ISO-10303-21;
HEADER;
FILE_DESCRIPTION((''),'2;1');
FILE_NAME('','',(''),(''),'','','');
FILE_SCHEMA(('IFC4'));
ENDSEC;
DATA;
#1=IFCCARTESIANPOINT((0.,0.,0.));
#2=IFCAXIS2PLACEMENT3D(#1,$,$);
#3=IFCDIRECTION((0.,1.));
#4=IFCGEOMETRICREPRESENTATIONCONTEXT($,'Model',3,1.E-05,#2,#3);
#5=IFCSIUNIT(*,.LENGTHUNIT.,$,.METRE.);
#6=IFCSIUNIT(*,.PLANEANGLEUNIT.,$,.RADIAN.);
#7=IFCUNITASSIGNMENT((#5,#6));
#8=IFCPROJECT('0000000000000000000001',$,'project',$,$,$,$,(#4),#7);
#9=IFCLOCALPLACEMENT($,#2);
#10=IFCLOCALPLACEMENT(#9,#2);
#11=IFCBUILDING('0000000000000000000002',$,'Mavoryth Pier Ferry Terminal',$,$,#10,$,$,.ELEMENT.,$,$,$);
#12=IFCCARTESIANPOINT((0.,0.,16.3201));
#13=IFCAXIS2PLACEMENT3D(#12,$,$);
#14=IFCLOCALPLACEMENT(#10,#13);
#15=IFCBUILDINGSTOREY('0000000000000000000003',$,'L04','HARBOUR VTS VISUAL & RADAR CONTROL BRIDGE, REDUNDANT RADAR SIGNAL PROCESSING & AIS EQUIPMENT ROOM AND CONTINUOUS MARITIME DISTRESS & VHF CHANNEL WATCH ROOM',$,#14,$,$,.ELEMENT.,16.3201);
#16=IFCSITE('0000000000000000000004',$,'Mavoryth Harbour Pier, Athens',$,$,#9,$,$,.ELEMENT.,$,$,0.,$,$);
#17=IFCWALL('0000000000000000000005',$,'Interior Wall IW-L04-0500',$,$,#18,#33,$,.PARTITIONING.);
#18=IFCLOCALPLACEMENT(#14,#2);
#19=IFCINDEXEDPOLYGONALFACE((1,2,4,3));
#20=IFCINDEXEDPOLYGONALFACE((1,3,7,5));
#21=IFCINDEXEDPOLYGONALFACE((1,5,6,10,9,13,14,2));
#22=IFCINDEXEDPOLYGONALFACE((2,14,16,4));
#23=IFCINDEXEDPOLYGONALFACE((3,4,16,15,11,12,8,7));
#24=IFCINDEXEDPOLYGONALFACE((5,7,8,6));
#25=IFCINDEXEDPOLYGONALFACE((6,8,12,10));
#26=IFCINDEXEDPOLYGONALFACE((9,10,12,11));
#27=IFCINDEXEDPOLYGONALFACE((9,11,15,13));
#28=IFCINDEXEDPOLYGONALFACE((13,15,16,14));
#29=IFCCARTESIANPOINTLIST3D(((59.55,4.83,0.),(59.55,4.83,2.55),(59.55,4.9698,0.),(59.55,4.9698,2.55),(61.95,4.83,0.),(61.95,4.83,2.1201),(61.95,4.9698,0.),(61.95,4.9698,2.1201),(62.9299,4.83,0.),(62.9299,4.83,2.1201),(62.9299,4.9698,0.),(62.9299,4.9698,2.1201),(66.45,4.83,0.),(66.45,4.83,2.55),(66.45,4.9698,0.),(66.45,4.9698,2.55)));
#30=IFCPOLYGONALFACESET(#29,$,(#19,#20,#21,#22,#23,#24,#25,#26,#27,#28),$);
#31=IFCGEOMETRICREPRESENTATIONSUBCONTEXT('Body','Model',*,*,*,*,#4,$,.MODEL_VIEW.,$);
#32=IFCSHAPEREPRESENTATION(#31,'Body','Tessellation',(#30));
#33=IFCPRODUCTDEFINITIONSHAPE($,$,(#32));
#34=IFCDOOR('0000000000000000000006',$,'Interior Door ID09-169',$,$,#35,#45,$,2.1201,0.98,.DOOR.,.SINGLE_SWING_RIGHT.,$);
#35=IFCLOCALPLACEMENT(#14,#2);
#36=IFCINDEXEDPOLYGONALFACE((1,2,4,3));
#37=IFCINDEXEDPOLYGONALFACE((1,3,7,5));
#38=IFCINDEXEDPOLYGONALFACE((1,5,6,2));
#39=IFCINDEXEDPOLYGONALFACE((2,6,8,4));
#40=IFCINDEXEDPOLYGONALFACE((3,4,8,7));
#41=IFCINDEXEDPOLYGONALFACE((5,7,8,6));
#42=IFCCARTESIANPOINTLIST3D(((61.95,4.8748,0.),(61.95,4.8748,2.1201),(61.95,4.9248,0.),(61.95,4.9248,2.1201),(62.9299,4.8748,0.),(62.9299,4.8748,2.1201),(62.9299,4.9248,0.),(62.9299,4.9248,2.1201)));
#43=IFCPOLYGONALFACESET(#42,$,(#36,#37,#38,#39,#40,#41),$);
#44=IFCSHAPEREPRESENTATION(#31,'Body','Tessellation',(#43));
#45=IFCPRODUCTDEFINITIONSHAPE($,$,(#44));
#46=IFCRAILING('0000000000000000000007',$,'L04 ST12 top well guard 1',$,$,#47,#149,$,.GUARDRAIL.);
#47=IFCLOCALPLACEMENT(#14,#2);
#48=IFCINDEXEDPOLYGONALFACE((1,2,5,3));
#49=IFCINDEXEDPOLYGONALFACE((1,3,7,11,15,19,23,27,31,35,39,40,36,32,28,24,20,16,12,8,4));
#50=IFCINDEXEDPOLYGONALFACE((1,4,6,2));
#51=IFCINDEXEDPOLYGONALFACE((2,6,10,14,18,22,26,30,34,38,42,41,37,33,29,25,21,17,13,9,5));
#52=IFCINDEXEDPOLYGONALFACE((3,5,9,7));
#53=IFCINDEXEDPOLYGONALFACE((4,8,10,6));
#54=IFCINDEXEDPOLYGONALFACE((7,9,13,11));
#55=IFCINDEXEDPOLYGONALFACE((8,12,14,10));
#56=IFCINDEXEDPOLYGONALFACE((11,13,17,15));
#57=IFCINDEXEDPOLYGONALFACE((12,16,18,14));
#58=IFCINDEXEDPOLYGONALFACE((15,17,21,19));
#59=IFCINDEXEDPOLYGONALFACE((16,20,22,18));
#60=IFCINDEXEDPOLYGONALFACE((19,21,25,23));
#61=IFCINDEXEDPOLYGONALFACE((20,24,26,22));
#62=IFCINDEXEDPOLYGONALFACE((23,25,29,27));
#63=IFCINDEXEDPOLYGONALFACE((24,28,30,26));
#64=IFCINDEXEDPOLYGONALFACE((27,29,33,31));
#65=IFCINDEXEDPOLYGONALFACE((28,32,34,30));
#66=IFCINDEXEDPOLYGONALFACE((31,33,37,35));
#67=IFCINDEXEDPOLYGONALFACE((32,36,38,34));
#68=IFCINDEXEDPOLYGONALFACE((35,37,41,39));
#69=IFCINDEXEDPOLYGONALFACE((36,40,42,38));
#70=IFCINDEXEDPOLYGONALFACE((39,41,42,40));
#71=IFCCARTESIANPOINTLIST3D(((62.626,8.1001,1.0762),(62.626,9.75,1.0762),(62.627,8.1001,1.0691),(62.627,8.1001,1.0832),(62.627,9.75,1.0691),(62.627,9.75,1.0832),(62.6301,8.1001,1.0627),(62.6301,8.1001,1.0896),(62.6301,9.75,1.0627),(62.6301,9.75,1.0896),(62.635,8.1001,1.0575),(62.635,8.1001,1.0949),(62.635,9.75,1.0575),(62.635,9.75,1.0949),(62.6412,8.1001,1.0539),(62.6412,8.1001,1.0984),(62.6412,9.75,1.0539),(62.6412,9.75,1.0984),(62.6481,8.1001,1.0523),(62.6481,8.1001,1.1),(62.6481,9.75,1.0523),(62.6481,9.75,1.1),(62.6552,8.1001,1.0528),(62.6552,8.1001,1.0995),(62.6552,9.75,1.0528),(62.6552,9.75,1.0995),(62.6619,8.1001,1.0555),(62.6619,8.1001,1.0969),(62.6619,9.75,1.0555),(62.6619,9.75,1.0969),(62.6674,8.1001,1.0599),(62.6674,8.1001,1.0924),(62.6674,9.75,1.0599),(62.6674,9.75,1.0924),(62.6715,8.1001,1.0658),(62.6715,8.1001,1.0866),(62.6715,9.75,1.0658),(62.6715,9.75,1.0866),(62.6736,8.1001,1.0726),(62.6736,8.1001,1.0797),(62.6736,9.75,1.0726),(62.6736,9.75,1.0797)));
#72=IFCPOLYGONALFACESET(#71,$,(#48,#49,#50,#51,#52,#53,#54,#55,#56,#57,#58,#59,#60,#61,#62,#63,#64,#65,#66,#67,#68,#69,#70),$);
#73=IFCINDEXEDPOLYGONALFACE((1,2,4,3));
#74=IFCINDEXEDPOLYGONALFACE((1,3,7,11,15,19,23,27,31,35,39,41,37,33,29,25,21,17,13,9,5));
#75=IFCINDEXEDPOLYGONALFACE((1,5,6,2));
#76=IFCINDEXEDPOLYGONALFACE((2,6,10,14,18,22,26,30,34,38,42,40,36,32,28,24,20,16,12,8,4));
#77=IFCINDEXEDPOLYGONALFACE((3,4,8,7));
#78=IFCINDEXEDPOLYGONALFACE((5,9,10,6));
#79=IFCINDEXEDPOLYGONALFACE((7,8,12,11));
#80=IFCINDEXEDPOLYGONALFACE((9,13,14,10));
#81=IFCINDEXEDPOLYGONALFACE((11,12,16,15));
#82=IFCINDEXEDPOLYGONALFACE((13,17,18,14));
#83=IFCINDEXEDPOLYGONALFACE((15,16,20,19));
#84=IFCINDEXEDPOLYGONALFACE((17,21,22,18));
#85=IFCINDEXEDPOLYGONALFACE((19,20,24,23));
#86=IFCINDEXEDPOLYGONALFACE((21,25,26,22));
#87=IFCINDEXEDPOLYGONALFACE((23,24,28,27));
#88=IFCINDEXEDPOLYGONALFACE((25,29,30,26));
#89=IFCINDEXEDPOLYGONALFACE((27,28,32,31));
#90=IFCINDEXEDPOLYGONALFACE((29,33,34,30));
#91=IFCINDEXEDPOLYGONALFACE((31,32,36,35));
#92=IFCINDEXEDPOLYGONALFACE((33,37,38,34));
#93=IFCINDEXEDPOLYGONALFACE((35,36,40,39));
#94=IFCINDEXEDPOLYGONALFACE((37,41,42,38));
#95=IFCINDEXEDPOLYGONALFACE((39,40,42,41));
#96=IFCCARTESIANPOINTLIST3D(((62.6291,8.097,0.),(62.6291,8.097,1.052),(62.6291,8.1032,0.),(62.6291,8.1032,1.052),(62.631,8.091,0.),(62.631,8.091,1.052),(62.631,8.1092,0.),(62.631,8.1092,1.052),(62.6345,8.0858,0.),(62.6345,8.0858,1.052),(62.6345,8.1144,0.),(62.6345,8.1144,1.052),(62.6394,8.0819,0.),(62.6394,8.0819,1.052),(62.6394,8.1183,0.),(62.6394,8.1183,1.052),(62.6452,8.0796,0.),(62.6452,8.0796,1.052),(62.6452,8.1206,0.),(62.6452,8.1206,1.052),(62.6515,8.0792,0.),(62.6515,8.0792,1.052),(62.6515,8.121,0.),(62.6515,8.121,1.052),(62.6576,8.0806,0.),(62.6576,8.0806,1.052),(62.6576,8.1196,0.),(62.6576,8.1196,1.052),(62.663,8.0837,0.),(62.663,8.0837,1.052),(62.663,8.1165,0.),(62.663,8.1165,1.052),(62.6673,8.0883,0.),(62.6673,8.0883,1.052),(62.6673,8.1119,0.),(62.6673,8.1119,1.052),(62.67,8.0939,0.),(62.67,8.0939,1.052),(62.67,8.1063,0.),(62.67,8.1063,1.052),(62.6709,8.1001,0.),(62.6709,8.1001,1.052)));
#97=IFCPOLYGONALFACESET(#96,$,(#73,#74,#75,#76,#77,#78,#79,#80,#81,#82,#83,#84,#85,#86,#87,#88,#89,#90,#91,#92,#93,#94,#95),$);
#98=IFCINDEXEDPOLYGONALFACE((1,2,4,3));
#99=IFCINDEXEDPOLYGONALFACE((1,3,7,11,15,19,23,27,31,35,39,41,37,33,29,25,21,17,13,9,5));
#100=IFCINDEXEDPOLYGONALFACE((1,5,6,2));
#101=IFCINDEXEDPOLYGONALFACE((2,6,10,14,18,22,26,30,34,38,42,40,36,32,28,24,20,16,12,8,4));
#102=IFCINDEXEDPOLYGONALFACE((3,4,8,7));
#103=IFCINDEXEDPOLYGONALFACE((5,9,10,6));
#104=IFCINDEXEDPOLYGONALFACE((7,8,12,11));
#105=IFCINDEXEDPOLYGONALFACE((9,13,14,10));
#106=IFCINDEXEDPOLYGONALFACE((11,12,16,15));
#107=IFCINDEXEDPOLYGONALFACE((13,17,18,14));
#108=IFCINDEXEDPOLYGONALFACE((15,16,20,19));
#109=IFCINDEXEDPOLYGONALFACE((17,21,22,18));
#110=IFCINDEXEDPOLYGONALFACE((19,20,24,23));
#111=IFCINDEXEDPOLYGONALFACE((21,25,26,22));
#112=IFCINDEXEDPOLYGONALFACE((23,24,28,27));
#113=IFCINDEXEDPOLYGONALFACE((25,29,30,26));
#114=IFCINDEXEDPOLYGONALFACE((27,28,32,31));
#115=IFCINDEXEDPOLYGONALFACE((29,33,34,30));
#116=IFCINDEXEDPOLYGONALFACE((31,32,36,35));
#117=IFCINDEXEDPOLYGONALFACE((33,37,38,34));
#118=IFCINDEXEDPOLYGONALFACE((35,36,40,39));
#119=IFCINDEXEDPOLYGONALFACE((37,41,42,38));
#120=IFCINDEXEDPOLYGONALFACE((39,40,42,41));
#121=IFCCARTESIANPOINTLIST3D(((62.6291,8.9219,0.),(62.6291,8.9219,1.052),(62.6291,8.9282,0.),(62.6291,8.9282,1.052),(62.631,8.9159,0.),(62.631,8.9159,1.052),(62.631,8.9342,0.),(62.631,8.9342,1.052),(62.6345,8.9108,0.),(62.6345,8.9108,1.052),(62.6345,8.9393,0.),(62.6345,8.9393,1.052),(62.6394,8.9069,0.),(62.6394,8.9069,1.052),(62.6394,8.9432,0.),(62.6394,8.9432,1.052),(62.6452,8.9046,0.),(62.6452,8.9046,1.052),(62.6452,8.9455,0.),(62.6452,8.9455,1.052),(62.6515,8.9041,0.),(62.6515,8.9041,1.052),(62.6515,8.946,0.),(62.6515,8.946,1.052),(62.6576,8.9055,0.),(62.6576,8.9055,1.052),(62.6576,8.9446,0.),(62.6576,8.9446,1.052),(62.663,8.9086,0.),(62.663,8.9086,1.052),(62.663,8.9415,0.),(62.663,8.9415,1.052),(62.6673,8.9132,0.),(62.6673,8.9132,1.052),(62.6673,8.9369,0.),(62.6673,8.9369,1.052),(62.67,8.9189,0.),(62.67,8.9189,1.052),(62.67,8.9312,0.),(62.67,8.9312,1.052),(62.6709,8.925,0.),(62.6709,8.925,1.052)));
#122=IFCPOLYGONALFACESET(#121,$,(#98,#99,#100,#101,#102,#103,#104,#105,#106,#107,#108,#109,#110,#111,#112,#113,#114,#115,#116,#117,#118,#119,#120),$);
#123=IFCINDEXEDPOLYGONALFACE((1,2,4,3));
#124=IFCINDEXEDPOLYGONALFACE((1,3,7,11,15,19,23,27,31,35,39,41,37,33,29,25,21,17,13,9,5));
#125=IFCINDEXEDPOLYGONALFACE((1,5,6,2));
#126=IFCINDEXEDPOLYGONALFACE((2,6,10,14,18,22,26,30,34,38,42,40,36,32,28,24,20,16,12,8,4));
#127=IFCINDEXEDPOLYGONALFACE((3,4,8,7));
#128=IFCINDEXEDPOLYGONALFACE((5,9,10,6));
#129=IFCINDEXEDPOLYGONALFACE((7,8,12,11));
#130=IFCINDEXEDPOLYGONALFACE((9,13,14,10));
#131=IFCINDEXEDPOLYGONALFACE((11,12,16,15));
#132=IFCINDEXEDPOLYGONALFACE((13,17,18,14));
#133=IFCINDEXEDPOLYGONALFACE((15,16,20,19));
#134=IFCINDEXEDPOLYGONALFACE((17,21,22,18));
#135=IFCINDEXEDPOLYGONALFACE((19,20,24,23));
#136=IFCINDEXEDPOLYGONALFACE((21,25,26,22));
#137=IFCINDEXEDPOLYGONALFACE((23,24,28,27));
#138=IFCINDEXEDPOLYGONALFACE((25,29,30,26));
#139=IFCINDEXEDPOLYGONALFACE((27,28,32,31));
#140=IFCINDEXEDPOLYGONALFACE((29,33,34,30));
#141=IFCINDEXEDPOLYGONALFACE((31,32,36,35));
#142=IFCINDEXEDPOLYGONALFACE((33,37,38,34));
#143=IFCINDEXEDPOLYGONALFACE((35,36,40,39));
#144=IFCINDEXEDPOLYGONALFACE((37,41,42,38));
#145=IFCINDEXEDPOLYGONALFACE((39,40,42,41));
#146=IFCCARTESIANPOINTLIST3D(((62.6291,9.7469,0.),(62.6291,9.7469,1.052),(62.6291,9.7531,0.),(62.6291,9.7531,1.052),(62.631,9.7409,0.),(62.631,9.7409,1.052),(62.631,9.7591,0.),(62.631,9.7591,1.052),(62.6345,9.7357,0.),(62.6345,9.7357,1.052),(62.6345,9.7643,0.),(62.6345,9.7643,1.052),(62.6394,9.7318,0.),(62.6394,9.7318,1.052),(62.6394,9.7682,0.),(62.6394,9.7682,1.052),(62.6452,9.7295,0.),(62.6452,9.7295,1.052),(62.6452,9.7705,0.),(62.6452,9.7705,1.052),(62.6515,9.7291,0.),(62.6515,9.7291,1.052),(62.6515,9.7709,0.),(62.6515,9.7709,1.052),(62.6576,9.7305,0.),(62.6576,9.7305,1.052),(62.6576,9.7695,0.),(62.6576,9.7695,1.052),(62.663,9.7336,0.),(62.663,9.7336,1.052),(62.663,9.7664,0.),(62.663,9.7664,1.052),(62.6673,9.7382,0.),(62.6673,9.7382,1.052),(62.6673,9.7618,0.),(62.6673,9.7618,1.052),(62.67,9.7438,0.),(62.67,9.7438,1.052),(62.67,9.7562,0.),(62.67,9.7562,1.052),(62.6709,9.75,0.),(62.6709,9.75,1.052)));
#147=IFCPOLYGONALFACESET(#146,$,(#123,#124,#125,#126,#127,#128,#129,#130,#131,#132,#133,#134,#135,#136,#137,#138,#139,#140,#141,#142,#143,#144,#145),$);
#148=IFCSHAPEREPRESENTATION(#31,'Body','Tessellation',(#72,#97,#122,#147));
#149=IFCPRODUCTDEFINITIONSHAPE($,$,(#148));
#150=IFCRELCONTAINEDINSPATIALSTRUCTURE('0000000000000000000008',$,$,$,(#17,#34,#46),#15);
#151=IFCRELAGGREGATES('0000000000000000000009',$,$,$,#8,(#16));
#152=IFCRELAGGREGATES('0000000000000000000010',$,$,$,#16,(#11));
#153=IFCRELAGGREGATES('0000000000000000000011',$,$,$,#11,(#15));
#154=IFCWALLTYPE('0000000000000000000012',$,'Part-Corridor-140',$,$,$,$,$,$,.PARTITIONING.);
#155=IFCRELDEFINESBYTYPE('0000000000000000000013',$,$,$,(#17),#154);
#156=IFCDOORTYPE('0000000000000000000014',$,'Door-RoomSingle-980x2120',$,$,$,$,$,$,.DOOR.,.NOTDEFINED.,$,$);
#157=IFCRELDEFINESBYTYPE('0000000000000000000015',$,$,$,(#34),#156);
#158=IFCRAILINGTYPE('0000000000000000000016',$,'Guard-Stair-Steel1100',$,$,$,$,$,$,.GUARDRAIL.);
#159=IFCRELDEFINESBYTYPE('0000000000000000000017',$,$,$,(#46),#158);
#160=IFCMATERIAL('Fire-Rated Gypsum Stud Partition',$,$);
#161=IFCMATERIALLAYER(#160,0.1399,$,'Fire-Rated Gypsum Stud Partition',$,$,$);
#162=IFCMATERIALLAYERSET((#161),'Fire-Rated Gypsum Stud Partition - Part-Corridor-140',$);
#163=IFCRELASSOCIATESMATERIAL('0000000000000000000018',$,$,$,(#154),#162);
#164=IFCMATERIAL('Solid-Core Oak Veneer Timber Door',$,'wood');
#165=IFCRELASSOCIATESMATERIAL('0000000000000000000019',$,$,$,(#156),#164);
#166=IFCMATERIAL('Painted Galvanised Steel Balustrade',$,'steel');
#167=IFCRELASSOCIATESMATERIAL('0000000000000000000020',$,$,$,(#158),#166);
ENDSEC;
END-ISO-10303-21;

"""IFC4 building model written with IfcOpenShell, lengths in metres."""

from ifc_helpers import new_model, si_unit, direction, frame, frame_2d, origin, origin_2d, place, context, subcontext, project, spatial, rectangle, circle, extrude, material, layer, layer_set, type_object, element, fill, save


model = new_model("IFC4")

# Units and contexts
model_context = context("Model", 3, precision=1e-05, world=origin(), true_north=direction((0.0, 1.0)))
body_context = subcontext(model_context, "Body", "Model", "MODEL_VIEW")
ifc_project = project(units=[si_unit("LENGTHUNIT", "METRE"), si_unit("PLANEANGLEUNIT", "RADIAN")], contexts=[model_context])

# Site, building, storey
site_placement = place(None, origin())
site = spatial("IfcSite", under=ifc_project, at=site_placement, Name="Mavoryth Harbour Pier, Athens", CompositionType="ELEMENT", RefElevation=0.0)
building_placement = place(site_placement, origin())
building = spatial("IfcBuilding", under=site, at=building_placement, Name="Mavoryth Pier Ferry Terminal", CompositionType="ELEMENT")
storey_placement = place(building_placement, frame((0.0, 0.0, 16.3201)))
storey = spatial("IfcBuildingStorey", under=building, at=storey_placement, Name="L04", Description="HARBOUR VTS VISUAL & RADAR CONTROL BRIDGE, REDUNDANT RADAR SIGNAL PROCESSING & AIS EQUIPMENT ROOM AND CONTINUOUS MARITIME DISTRESS & VHF CHANNEL WATCH ROOM", CompositionType="ELEMENT", Elevation=16.3201)

# Wall, opening, door
ifc_material_1 = material(Name="Fire-Rated Gypsum Stud Partition")
ifc_layer_1 = layer(ifc_material_1, 0.1399, Name="Fire-Rated Gypsum Stud Partition")
ifc_layer_set_1 = layer_set([ifc_layer_1], Name="Fire-Rated Gypsum Stud Partition - Part-Corridor-140")
wall_type_1 = type_object("IfcWallType", Name="Part-Corridor-140", PredefinedType="PARTITIONING", material=ifc_layer_set_1)
wall_1_placement = place(storey_placement, frame((59.55, 4.8999, 0.0), z_axis=(0.0, 0.0, 1.0), x_axis=(1.0, 0.0, 0.0)))
wall_1 = element("IfcWall", 1, at=wall_1_placement, inside=storey, type_object=wall_type_1, Name="Interior Wall IW-L04-0500", PredefinedType="PARTITIONING", context=body_context, shape_type="SweptSolid", body=[
    extrude(rectangle(XDim=6.8999, YDim=0.1399, at=frame_2d((3.45, 0.0))), origin(), (0.0, 0.0, 1.0), 2.55),
])
opening_1_placement = place(wall_1_placement, frame((2.3999, 0.0, 0.0)))
opening_1 = element("IfcOpeningElement", 2, at=opening_1_placement, cuts=wall_1, PredefinedType="OPENING", context=body_context, shape_type="SweptSolid", body=[
    extrude(rectangle(XDim=0.98, YDim=2.1201, at=frame_2d((0.49, 1.0601))), frame((0.0, 0.0798, 0.0), z_axis=(0.0, -1.0, 0.0), x_axis=(1.0, 0.0, 0.0)), (0.0, 0.0, 1.0), 0.1599),
])
ifc_material_2 = material(Name="Solid-Core Oak Veneer Timber Door", Category="wood")
door_type_1 = type_object("IfcDoorType", Name="Door-RoomSingle-980x2120", OperationType="NOTDEFINED", PredefinedType="DOOR", material=ifc_material_2)
door_1_placement = place(opening_1_placement, origin())
door_1 = element("IfcDoor", 3, at=door_1_placement, inside=storey, type_object=door_type_1, Name="Interior Door ID09-169", OperationType="SINGLE_SWING_RIGHT", OverallHeight=2.1201, OverallWidth=0.98, PredefinedType="DOOR", context=body_context, shape_type="SweptSolid", body=[
    extrude(rectangle(XDim=0.98, YDim=2.1201, at=frame_2d((0.49, 1.0601))), frame((0.0, 0.0249, 0.0), z_axis=(0.0, -1.0, 0.0), x_axis=(1.0, 0.0, 0.0)), (0.0, 0.0, 1.0), 0.05),
])
fill(opening_1, door_1)

# Railing
ifc_material_3 = material(Name="Painted Galvanised Steel Balustrade", Category="steel")
railing_type = type_object("IfcRailingType", Name="Guard-Stair-Steel1100", PredefinedType="GUARDRAIL", material=ifc_material_3)
railing_placement = place(storey_placement, frame((62.6499, 8.1001, 0.0)))
element("IfcRailing", 4, at=railing_placement, inside=storey, type_object=railing_type, Name="L04 ST12 top well guard 1", PredefinedType="GUARDRAIL", context=body_context, shape_type="SweptSolid", body=[
    extrude(circle(Radius=0.0239, at=origin_2d()), frame((0.0, 0.0, 1.0762), z_axis=(0.0, 1.0, 0.0), x_axis=(-1.0, 0.0, 0.0)), (0.0, 0.0, 1.0), 1.6499),
    extrude(circle(Radius=0.021, at=origin_2d()), origin(), (0.0, 0.0, 1.0), 1.052),
    extrude(circle(Radius=0.021, at=origin_2d()), frame((0.0, 0.825, 0.0)), (0.0, 0.0, 1.0), 1.052),
    extrude(circle(Radius=0.021, at=origin_2d()), frame((0.0, 1.6499, 0.0)), (0.0, 0.0, 1.0), 1.052),
])

save(model, "model.ifc")
